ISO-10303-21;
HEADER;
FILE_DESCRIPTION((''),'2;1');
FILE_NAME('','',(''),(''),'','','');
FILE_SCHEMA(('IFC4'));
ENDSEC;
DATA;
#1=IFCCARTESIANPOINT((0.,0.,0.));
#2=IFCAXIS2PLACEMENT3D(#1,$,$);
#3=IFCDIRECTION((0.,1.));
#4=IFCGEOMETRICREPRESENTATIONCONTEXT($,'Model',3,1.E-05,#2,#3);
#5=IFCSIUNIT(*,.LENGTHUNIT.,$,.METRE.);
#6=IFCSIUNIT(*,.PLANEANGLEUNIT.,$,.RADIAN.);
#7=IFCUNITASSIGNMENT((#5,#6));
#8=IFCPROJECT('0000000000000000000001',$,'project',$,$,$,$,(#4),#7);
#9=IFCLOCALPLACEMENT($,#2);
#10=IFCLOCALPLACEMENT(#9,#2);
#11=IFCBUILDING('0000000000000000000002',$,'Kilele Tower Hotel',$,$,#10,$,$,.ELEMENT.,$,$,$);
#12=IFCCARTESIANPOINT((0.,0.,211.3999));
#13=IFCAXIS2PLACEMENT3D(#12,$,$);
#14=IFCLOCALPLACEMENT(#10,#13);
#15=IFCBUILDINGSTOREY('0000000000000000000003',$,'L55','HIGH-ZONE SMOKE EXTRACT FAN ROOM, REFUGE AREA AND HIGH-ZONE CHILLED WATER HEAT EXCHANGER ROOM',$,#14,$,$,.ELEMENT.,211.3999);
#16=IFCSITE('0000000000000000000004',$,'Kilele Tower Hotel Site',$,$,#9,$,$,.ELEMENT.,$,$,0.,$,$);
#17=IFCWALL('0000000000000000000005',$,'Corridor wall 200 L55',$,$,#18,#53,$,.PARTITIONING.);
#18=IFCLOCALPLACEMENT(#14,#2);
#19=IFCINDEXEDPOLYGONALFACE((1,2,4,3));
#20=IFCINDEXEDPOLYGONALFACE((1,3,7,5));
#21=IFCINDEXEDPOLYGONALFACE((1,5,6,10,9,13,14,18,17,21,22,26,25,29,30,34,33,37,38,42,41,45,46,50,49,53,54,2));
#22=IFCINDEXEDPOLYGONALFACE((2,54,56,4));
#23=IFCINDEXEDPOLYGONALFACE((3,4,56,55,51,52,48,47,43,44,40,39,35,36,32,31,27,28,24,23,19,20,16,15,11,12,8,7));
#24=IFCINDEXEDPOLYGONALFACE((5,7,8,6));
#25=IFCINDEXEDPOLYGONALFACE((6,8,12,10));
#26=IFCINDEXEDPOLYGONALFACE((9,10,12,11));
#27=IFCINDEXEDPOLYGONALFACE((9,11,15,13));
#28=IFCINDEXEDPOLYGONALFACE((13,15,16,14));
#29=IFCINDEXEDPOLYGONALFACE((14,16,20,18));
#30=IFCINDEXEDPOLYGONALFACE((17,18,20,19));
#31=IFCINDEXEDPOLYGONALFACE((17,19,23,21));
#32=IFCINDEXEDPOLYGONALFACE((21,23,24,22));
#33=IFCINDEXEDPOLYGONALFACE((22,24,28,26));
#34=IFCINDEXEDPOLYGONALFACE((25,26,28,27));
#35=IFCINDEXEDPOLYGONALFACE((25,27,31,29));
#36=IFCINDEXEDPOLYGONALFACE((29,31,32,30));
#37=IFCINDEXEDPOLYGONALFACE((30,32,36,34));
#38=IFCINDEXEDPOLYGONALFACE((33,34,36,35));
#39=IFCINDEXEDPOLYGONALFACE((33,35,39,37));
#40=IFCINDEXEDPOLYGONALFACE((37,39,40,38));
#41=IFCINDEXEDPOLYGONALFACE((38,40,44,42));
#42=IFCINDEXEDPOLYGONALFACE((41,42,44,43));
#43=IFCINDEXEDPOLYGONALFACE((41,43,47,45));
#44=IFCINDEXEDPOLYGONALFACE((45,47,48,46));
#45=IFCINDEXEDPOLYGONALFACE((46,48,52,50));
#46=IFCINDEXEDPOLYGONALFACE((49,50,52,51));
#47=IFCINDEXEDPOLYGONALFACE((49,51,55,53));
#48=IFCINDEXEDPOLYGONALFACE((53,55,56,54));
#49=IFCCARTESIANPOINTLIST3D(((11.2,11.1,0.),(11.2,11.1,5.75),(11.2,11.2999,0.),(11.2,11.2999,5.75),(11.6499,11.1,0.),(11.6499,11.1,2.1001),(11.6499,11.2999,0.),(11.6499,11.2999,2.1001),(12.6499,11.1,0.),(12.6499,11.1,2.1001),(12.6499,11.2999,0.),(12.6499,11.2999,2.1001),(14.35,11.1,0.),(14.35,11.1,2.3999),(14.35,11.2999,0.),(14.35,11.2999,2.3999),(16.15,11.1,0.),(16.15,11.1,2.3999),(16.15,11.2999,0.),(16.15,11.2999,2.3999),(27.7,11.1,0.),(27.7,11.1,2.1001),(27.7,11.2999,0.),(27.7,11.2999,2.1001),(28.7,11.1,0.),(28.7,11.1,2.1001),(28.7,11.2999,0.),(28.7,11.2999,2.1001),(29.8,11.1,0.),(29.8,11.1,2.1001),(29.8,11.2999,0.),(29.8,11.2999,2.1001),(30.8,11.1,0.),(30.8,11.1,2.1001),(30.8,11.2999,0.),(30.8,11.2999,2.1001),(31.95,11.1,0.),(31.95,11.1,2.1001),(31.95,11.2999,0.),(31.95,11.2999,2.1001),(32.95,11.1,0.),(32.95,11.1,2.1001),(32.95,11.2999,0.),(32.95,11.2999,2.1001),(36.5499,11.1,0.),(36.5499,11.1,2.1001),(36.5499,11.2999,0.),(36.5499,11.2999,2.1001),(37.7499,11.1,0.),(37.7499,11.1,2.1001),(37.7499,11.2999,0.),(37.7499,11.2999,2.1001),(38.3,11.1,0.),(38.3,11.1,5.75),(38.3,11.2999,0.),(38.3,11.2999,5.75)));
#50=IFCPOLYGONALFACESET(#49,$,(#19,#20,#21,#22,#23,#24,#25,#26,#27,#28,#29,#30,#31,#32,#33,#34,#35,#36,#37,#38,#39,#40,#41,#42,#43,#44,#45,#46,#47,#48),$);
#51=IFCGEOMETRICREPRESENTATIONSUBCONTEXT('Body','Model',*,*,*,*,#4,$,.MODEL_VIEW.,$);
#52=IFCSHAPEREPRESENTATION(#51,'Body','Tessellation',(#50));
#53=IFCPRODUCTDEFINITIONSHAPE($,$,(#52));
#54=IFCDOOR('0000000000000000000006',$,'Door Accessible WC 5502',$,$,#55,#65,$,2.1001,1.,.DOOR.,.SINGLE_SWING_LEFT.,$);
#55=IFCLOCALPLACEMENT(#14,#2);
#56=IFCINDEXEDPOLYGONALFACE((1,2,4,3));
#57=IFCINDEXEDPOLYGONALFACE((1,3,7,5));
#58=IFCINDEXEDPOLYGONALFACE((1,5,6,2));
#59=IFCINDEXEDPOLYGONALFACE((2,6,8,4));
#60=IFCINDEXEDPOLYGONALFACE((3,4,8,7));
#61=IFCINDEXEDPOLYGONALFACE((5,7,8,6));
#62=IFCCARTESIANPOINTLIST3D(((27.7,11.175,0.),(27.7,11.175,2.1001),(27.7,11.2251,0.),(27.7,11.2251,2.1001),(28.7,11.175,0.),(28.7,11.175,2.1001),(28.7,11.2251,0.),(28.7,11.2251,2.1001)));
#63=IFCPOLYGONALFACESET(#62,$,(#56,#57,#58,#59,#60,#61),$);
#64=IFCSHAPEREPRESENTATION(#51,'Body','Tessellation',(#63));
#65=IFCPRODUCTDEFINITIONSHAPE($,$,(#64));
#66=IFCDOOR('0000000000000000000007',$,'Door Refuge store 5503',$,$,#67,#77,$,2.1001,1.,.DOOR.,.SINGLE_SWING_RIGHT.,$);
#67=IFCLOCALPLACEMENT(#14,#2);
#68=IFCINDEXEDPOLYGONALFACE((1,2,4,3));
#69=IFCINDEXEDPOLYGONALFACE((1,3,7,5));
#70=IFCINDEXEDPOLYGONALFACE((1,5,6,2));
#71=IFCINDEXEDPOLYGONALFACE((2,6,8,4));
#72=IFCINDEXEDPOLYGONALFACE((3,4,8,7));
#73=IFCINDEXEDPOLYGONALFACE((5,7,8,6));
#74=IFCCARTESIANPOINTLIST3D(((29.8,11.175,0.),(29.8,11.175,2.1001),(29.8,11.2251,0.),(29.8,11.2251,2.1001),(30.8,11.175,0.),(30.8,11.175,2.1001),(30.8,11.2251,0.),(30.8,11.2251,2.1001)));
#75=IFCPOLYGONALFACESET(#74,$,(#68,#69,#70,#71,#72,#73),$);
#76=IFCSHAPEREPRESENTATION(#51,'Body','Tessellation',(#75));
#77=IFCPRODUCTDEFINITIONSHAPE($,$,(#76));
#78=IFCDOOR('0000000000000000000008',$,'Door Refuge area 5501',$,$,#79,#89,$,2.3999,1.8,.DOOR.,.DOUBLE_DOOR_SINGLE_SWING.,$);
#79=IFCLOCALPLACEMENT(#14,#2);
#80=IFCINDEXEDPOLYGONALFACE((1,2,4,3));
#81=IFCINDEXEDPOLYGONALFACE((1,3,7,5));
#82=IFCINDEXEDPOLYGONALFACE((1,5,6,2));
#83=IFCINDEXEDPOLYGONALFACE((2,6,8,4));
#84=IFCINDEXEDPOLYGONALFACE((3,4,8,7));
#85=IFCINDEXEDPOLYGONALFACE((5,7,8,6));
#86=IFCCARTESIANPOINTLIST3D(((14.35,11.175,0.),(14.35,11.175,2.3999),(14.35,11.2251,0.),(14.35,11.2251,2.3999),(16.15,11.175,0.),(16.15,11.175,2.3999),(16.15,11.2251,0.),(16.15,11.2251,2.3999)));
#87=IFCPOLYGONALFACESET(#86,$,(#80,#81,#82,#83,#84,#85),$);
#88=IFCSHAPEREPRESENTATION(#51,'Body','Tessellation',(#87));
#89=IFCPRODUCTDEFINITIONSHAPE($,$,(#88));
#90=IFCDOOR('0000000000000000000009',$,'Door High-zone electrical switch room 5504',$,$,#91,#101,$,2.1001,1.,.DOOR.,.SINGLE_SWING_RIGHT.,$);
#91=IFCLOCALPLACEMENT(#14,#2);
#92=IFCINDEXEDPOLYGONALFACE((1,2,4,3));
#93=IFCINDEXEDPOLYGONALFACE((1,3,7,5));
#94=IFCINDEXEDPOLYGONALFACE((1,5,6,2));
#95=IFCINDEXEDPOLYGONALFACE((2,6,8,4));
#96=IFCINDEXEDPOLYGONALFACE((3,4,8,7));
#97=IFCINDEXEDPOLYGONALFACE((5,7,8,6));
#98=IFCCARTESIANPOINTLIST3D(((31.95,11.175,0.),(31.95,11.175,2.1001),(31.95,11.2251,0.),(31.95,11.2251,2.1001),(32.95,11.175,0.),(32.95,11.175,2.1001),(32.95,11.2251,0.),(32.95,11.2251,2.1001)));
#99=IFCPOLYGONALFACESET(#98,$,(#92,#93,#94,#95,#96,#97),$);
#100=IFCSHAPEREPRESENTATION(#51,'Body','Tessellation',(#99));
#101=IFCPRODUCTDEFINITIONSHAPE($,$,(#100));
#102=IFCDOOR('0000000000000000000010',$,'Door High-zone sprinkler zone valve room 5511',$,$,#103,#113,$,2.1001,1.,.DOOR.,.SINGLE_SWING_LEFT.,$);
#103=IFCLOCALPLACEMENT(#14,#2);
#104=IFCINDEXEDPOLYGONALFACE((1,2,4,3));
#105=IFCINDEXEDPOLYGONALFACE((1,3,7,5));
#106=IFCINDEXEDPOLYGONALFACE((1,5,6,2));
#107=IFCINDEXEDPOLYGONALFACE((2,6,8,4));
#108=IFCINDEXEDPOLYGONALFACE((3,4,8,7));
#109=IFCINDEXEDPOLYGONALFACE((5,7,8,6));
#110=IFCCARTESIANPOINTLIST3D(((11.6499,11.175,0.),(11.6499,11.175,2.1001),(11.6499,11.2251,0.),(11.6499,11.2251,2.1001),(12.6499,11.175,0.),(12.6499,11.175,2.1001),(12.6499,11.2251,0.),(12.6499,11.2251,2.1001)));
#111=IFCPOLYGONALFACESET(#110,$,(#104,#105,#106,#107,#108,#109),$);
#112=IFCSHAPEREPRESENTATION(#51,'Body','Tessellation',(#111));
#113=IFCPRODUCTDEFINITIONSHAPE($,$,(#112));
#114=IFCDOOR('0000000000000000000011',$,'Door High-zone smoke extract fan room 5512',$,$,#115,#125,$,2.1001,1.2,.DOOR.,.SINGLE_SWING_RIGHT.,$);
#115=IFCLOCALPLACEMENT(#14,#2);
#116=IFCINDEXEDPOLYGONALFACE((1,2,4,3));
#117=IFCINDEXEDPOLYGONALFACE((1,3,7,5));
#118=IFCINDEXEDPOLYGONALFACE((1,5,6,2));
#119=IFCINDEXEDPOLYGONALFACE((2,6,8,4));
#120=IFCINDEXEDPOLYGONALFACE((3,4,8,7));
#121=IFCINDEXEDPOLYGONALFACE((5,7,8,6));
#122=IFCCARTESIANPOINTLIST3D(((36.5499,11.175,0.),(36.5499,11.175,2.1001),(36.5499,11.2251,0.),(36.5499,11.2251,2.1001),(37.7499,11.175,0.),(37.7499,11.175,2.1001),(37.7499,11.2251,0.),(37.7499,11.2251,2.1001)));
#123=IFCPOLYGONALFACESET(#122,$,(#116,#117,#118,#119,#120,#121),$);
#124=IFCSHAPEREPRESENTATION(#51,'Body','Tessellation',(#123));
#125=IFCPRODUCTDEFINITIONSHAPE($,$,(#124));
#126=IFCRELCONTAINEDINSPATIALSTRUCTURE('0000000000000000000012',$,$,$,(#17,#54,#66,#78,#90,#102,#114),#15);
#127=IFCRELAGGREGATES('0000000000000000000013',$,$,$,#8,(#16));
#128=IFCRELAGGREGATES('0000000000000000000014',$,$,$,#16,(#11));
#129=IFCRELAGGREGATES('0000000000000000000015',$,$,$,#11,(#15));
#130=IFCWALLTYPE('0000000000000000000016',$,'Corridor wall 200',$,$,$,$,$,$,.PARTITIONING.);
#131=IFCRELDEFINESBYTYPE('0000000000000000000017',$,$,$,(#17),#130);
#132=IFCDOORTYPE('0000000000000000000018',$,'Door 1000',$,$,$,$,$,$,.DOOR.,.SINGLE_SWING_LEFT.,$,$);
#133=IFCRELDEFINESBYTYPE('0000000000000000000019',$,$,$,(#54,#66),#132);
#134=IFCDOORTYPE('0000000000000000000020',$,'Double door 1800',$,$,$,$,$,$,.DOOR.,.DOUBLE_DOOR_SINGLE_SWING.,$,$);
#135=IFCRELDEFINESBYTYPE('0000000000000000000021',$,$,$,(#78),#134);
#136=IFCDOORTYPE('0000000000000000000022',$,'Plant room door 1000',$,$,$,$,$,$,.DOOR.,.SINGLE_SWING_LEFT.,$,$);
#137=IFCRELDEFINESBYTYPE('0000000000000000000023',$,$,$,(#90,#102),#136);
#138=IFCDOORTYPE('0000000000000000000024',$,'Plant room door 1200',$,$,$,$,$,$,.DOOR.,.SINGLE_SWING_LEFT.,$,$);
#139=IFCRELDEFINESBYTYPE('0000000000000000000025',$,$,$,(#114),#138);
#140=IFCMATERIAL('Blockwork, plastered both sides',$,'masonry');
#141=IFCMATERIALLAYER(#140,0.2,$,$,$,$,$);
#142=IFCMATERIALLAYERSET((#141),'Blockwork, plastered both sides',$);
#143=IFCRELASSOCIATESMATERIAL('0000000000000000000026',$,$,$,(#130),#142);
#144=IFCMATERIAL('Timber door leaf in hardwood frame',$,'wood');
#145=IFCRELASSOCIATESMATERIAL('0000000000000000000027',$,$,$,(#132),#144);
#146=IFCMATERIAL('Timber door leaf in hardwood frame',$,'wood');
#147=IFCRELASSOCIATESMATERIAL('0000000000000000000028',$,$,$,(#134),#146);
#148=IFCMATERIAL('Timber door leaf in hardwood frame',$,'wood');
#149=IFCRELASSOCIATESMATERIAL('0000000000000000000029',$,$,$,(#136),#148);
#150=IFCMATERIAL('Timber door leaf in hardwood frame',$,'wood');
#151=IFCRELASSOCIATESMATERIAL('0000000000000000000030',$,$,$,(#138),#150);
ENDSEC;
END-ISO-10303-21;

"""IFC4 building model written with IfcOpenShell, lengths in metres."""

from ifc_helpers import new_model, si_unit, direction, frame, frame_2d, origin, place, context, subcontext, project, spatial, rectangle, extrude, material, layer, layer_set, type_object, element, fill, save


model = new_model("IFC4")

# Units and contexts
model_context = context("Model", 3, precision=1e-05, world=origin(), true_north=direction((0.0, 1.0)))
body_context = subcontext(model_context, "Body", "Model", "MODEL_VIEW")
ifc_project = project(units=[si_unit("LENGTHUNIT", "METRE"), si_unit("PLANEANGLEUNIT", "RADIAN")], contexts=[model_context])

# Site, building, storey
site_placement = place(None, origin())
site = spatial("IfcSite", under=ifc_project, at=site_placement, Name="Kilele Tower Hotel Site", CompositionType="ELEMENT", RefElevation=0.0)
building_placement = place(site_placement, origin())
building = spatial("IfcBuilding", under=site, at=building_placement, Name="Kilele Tower Hotel", CompositionType="ELEMENT")
storey_placement = place(building_placement, frame((0.0, 0.0, 211.3999)))
storey = spatial("IfcBuildingStorey", under=building, at=storey_placement, Name="L55", Description="HIGH-ZONE SMOKE EXTRACT FAN ROOM, REFUGE AREA AND HIGH-ZONE CHILLED WATER HEAT EXCHANGER ROOM", CompositionType="ELEMENT", Elevation=211.3999)

# Wall, openings, doors
ifc_material_1 = material(Name="Blockwork, plastered both sides", Category="masonry")
ifc_layer_1 = layer(ifc_material_1, 0.2)
ifc_layer_set_1 = layer_set([ifc_layer_1], Name="Blockwork, plastered both sides")
wall_type_1 = type_object("IfcWallType", Name="Corridor wall 200", PredefinedType="PARTITIONING", material=ifc_layer_set_1)
wall_1_placement = place(storey_placement, frame((11.2, 11.2, 0.0), z_axis=(0.0, 0.0, 1.0), x_axis=(1.0, 0.0, 0.0)))
wall_1 = element("IfcWall", 1, at=wall_1_placement, inside=storey, type_object=wall_type_1, Name="Corridor wall 200 L55", PredefinedType="PARTITIONING", context=body_context, shape_type="SweptSolid", body=[
    extrude(rectangle(XDim=27.1001, YDim=0.2, at=frame_2d((13.55, 0.0))), origin(), (0.0, 0.0, 1.0), 5.75),
])
opening_1_placement = place(wall_1_placement, frame((4.95, 0.0, 0.0), z_axis=(0.0, 0.0, 1.0), x_axis=(-1.0, 0.0, 0.0)))
opening_1 = element("IfcOpeningElement", 2, at=opening_1_placement, cuts=wall_1, PredefinedType="OPENING", context=body_context, shape_type="SweptSolid", body=[
    extrude(rectangle(XDim=1.8, YDim=2.3999, at=frame_2d((0.8999, 1.2))), frame((0.0, 0.1099, 0.0), z_axis=(0.0, -1.0, 0.0), x_axis=(1.0, 0.0, 0.0)), (0.0, 0.0, 1.0), 0.22),
])
opening_2_placement = place(wall_1_placement, frame((17.5, 0.0, 0.0), z_axis=(0.0, 0.0, 1.0), x_axis=(-1.0, 0.0, 0.0)))
opening_2 = element("IfcOpeningElement", 3, at=opening_2_placement, cuts=wall_1, PredefinedType="OPENING", context=body_context, shape_type="SweptSolid", body=[
    extrude(rectangle(XDim=1.0, YDim=2.1001, at=frame_2d((0.5, 1.05))), frame((0.0, 0.1099, 0.0), z_axis=(0.0, -1.0, 0.0), x_axis=(1.0, 0.0, 0.0)), (0.0, 0.0, 1.0), 0.22),
])
opening_3_placement = place(wall_1_placement, frame((19.6001, 0.0, 0.0), z_axis=(0.0, 0.0, 1.0), x_axis=(-1.0, 0.0, 0.0)))
opening_3 = element("IfcOpeningElement", 4, at=opening_3_placement, cuts=wall_1, PredefinedType="OPENING", context=body_context, shape_type="SweptSolid", body=[
    extrude(rectangle(XDim=1.0, YDim=2.1001, at=frame_2d((0.5, 1.05))), frame((0.0, 0.1099, 0.0), z_axis=(0.0, -1.0, 0.0), x_axis=(1.0, 0.0, 0.0)), (0.0, 0.0, 1.0), 0.22),
])
opening_4_placement = place(wall_1_placement, frame((21.75, 0.0, 0.0), z_axis=(0.0, 0.0, 1.0), x_axis=(-1.0, 0.0, 0.0)))
opening_4 = element("IfcOpeningElement", 5, at=opening_4_placement, cuts=wall_1, PredefinedType="OPENING", context=body_context, shape_type="SweptSolid", body=[
    extrude(rectangle(XDim=1.0, YDim=2.1001, at=frame_2d((0.5, 1.05))), frame((0.0, 0.1099, 0.0), z_axis=(0.0, -1.0, 0.0), x_axis=(1.0, 0.0, 0.0)), (0.0, 0.0, 1.0), 0.22),
])
opening_5_placement = place(wall_1_placement, frame((1.45, 0.0, 0.0), z_axis=(0.0, 0.0, 1.0), x_axis=(-1.0, 0.0, 0.0)))
opening_5 = element("IfcOpeningElement", 6, at=opening_5_placement, cuts=wall_1, PredefinedType="OPENING", context=body_context, shape_type="SweptSolid", body=[
    extrude(rectangle(XDim=1.0, YDim=2.1001, at=frame_2d((0.5, 1.05))), frame((0.0, 0.1099, 0.0), z_axis=(0.0, -1.0, 0.0), x_axis=(1.0, 0.0, 0.0)), (0.0, 0.0, 1.0), 0.22),
])
opening_6_placement = place(wall_1_placement, frame((26.55, 0.0, 0.0), z_axis=(0.0, 0.0, 1.0), x_axis=(-1.0, 0.0, 0.0)))
opening_6 = element("IfcOpeningElement", 7, at=opening_6_placement, cuts=wall_1, PredefinedType="OPENING", context=body_context, shape_type="SweptSolid", body=[
    extrude(rectangle(XDim=1.2, YDim=2.1001, at=frame_2d((0.6001, 1.05))), frame((0.0, 0.1099, 0.0), z_axis=(0.0, -1.0, 0.0), x_axis=(1.0, 0.0, 0.0)), (0.0, 0.0, 1.0), 0.22),
])
ifc_material_2 = material(Name="Timber door leaf in hardwood frame", Category="wood")
door_type_1 = type_object("IfcDoorType", Name="Door 1000", OperationType="SINGLE_SWING_LEFT", PredefinedType="DOOR", material=ifc_material_2)
door_1_placement = place(opening_2_placement, origin())
door_1 = element("IfcDoor", 8, at=door_1_placement, inside=storey, type_object=door_type_1, Name="Door Accessible WC 5502", OperationType="SINGLE_SWING_LEFT", OverallHeight=2.1001, OverallWidth=1.0, PredefinedType="DOOR", context=body_context, shape_type="SweptSolid", body=[
    extrude(rectangle(XDim=1.0, YDim=2.1001, at=frame_2d((0.5, 1.05))), frame((0.0, 0.0249, 0.0), z_axis=(0.0, -1.0, 0.0), x_axis=(1.0, 0.0, 0.0)), (0.0, 0.0, 1.0), 0.05),
])
fill(opening_2, door_1)
door_2_placement = place(opening_3_placement, origin())
door_2 = element("IfcDoor", 9, at=door_2_placement, inside=storey, type_object=door_type_1, Name="Door Refuge store 5503", OperationType="SINGLE_SWING_RIGHT", OverallHeight=2.1001, OverallWidth=1.0, PredefinedType="DOOR", context=body_context, shape_type="SweptSolid", body=[
    extrude(rectangle(XDim=1.0, YDim=2.1001, at=frame_2d((0.5, 1.05))), frame((0.0, 0.0249, 0.0), z_axis=(0.0, -1.0, 0.0), x_axis=(1.0, 0.0, 0.0)), (0.0, 0.0, 1.0), 0.05),
])
fill(opening_3, door_2)
ifc_material_3 = material(Name="Timber door leaf in hardwood frame", Category="wood")
door_type_2 = type_object("IfcDoorType", Name="Double door 1800", OperationType="DOUBLE_DOOR_SINGLE_SWING", PredefinedType="DOOR", material=ifc_material_3)
door_3_placement = place(opening_1_placement, origin())
door_3 = element("IfcDoor", 10, at=door_3_placement, inside=storey, type_object=door_type_2, Name="Door Refuge area 5501", OperationType="DOUBLE_DOOR_SINGLE_SWING", OverallHeight=2.3999, OverallWidth=1.8, PredefinedType="DOOR", context=body_context, shape_type="SweptSolid", body=[
    extrude(rectangle(XDim=1.8, YDim=2.3999, at=frame_2d((0.8999, 1.2))), frame((0.0, 0.0249, 0.0), z_axis=(0.0, -1.0, 0.0), x_axis=(1.0, 0.0, 0.0)), (0.0, 0.0, 1.0), 0.05),
])
fill(opening_1, door_3)
ifc_material_4 = material(Name="Timber door leaf in hardwood frame", Category="wood")
door_type_3 = type_object("IfcDoorType", Name="Plant room door 1000", OperationType="SINGLE_SWING_LEFT", PredefinedType="DOOR", material=ifc_material_4)
door_4_placement = place(opening_4_placement, origin())
door_4 = element("IfcDoor", 11, at=door_4_placement, inside=storey, type_object=door_type_3, Name="Door High-zone electrical switch room 5504", OperationType="SINGLE_SWING_RIGHT", OverallHeight=2.1001, OverallWidth=1.0, PredefinedType="DOOR", context=body_context, shape_type="SweptSolid", body=[
    extrude(rectangle(XDim=1.0, YDim=2.1001, at=frame_2d((0.5, 1.05))), frame((0.0, 0.0249, 0.0), z_axis=(0.0, -1.0, 0.0), x_axis=(1.0, 0.0, 0.0)), (0.0, 0.0, 1.0), 0.05),
])
fill(opening_4, door_4)
door_5_placement = place(opening_5_placement, origin())
door_5 = element("IfcDoor", 12, at=door_5_placement, inside=storey, type_object=door_type_3, Name="Door High-zone sprinkler zone valve room 5511", OperationType="SINGLE_SWING_LEFT", OverallHeight=2.1001, OverallWidth=1.0, PredefinedType="DOOR", context=body_context, shape_type="SweptSolid", body=[
    extrude(rectangle(XDim=1.0, YDim=2.1001, at=frame_2d((0.5, 1.05))), frame((0.0, 0.0249, 0.0), z_axis=(0.0, -1.0, 0.0), x_axis=(1.0, 0.0, 0.0)), (0.0, 0.0, 1.0), 0.05),
])
fill(opening_5, door_5)
ifc_material_5 = material(Name="Timber door leaf in hardwood frame", Category="wood")
door_type_4 = type_object("IfcDoorType", Name="Plant room door 1200", OperationType="SINGLE_SWING_LEFT", PredefinedType="DOOR", material=ifc_material_5)
door_6_placement = place(opening_6_placement, origin())
door_6 = element("IfcDoor", 13, at=door_6_placement, inside=storey, type_object=door_type_4, Name="Door High-zone smoke extract fan room 5512", OperationType="SINGLE_SWING_RIGHT", OverallHeight=2.1001, OverallWidth=1.2, PredefinedType="DOOR", context=body_context, shape_type="SweptSolid", body=[
    extrude(rectangle(XDim=1.2, YDim=2.1001, at=frame_2d((0.6001, 1.05))), frame((0.0, 0.0249, 0.0), z_axis=(0.0, -1.0, 0.0), x_axis=(1.0, 0.0, 0.0)), (0.0, 0.0, 1.0), 0.05),
])
fill(opening_6, door_6)

save(model, "model.ifc")
